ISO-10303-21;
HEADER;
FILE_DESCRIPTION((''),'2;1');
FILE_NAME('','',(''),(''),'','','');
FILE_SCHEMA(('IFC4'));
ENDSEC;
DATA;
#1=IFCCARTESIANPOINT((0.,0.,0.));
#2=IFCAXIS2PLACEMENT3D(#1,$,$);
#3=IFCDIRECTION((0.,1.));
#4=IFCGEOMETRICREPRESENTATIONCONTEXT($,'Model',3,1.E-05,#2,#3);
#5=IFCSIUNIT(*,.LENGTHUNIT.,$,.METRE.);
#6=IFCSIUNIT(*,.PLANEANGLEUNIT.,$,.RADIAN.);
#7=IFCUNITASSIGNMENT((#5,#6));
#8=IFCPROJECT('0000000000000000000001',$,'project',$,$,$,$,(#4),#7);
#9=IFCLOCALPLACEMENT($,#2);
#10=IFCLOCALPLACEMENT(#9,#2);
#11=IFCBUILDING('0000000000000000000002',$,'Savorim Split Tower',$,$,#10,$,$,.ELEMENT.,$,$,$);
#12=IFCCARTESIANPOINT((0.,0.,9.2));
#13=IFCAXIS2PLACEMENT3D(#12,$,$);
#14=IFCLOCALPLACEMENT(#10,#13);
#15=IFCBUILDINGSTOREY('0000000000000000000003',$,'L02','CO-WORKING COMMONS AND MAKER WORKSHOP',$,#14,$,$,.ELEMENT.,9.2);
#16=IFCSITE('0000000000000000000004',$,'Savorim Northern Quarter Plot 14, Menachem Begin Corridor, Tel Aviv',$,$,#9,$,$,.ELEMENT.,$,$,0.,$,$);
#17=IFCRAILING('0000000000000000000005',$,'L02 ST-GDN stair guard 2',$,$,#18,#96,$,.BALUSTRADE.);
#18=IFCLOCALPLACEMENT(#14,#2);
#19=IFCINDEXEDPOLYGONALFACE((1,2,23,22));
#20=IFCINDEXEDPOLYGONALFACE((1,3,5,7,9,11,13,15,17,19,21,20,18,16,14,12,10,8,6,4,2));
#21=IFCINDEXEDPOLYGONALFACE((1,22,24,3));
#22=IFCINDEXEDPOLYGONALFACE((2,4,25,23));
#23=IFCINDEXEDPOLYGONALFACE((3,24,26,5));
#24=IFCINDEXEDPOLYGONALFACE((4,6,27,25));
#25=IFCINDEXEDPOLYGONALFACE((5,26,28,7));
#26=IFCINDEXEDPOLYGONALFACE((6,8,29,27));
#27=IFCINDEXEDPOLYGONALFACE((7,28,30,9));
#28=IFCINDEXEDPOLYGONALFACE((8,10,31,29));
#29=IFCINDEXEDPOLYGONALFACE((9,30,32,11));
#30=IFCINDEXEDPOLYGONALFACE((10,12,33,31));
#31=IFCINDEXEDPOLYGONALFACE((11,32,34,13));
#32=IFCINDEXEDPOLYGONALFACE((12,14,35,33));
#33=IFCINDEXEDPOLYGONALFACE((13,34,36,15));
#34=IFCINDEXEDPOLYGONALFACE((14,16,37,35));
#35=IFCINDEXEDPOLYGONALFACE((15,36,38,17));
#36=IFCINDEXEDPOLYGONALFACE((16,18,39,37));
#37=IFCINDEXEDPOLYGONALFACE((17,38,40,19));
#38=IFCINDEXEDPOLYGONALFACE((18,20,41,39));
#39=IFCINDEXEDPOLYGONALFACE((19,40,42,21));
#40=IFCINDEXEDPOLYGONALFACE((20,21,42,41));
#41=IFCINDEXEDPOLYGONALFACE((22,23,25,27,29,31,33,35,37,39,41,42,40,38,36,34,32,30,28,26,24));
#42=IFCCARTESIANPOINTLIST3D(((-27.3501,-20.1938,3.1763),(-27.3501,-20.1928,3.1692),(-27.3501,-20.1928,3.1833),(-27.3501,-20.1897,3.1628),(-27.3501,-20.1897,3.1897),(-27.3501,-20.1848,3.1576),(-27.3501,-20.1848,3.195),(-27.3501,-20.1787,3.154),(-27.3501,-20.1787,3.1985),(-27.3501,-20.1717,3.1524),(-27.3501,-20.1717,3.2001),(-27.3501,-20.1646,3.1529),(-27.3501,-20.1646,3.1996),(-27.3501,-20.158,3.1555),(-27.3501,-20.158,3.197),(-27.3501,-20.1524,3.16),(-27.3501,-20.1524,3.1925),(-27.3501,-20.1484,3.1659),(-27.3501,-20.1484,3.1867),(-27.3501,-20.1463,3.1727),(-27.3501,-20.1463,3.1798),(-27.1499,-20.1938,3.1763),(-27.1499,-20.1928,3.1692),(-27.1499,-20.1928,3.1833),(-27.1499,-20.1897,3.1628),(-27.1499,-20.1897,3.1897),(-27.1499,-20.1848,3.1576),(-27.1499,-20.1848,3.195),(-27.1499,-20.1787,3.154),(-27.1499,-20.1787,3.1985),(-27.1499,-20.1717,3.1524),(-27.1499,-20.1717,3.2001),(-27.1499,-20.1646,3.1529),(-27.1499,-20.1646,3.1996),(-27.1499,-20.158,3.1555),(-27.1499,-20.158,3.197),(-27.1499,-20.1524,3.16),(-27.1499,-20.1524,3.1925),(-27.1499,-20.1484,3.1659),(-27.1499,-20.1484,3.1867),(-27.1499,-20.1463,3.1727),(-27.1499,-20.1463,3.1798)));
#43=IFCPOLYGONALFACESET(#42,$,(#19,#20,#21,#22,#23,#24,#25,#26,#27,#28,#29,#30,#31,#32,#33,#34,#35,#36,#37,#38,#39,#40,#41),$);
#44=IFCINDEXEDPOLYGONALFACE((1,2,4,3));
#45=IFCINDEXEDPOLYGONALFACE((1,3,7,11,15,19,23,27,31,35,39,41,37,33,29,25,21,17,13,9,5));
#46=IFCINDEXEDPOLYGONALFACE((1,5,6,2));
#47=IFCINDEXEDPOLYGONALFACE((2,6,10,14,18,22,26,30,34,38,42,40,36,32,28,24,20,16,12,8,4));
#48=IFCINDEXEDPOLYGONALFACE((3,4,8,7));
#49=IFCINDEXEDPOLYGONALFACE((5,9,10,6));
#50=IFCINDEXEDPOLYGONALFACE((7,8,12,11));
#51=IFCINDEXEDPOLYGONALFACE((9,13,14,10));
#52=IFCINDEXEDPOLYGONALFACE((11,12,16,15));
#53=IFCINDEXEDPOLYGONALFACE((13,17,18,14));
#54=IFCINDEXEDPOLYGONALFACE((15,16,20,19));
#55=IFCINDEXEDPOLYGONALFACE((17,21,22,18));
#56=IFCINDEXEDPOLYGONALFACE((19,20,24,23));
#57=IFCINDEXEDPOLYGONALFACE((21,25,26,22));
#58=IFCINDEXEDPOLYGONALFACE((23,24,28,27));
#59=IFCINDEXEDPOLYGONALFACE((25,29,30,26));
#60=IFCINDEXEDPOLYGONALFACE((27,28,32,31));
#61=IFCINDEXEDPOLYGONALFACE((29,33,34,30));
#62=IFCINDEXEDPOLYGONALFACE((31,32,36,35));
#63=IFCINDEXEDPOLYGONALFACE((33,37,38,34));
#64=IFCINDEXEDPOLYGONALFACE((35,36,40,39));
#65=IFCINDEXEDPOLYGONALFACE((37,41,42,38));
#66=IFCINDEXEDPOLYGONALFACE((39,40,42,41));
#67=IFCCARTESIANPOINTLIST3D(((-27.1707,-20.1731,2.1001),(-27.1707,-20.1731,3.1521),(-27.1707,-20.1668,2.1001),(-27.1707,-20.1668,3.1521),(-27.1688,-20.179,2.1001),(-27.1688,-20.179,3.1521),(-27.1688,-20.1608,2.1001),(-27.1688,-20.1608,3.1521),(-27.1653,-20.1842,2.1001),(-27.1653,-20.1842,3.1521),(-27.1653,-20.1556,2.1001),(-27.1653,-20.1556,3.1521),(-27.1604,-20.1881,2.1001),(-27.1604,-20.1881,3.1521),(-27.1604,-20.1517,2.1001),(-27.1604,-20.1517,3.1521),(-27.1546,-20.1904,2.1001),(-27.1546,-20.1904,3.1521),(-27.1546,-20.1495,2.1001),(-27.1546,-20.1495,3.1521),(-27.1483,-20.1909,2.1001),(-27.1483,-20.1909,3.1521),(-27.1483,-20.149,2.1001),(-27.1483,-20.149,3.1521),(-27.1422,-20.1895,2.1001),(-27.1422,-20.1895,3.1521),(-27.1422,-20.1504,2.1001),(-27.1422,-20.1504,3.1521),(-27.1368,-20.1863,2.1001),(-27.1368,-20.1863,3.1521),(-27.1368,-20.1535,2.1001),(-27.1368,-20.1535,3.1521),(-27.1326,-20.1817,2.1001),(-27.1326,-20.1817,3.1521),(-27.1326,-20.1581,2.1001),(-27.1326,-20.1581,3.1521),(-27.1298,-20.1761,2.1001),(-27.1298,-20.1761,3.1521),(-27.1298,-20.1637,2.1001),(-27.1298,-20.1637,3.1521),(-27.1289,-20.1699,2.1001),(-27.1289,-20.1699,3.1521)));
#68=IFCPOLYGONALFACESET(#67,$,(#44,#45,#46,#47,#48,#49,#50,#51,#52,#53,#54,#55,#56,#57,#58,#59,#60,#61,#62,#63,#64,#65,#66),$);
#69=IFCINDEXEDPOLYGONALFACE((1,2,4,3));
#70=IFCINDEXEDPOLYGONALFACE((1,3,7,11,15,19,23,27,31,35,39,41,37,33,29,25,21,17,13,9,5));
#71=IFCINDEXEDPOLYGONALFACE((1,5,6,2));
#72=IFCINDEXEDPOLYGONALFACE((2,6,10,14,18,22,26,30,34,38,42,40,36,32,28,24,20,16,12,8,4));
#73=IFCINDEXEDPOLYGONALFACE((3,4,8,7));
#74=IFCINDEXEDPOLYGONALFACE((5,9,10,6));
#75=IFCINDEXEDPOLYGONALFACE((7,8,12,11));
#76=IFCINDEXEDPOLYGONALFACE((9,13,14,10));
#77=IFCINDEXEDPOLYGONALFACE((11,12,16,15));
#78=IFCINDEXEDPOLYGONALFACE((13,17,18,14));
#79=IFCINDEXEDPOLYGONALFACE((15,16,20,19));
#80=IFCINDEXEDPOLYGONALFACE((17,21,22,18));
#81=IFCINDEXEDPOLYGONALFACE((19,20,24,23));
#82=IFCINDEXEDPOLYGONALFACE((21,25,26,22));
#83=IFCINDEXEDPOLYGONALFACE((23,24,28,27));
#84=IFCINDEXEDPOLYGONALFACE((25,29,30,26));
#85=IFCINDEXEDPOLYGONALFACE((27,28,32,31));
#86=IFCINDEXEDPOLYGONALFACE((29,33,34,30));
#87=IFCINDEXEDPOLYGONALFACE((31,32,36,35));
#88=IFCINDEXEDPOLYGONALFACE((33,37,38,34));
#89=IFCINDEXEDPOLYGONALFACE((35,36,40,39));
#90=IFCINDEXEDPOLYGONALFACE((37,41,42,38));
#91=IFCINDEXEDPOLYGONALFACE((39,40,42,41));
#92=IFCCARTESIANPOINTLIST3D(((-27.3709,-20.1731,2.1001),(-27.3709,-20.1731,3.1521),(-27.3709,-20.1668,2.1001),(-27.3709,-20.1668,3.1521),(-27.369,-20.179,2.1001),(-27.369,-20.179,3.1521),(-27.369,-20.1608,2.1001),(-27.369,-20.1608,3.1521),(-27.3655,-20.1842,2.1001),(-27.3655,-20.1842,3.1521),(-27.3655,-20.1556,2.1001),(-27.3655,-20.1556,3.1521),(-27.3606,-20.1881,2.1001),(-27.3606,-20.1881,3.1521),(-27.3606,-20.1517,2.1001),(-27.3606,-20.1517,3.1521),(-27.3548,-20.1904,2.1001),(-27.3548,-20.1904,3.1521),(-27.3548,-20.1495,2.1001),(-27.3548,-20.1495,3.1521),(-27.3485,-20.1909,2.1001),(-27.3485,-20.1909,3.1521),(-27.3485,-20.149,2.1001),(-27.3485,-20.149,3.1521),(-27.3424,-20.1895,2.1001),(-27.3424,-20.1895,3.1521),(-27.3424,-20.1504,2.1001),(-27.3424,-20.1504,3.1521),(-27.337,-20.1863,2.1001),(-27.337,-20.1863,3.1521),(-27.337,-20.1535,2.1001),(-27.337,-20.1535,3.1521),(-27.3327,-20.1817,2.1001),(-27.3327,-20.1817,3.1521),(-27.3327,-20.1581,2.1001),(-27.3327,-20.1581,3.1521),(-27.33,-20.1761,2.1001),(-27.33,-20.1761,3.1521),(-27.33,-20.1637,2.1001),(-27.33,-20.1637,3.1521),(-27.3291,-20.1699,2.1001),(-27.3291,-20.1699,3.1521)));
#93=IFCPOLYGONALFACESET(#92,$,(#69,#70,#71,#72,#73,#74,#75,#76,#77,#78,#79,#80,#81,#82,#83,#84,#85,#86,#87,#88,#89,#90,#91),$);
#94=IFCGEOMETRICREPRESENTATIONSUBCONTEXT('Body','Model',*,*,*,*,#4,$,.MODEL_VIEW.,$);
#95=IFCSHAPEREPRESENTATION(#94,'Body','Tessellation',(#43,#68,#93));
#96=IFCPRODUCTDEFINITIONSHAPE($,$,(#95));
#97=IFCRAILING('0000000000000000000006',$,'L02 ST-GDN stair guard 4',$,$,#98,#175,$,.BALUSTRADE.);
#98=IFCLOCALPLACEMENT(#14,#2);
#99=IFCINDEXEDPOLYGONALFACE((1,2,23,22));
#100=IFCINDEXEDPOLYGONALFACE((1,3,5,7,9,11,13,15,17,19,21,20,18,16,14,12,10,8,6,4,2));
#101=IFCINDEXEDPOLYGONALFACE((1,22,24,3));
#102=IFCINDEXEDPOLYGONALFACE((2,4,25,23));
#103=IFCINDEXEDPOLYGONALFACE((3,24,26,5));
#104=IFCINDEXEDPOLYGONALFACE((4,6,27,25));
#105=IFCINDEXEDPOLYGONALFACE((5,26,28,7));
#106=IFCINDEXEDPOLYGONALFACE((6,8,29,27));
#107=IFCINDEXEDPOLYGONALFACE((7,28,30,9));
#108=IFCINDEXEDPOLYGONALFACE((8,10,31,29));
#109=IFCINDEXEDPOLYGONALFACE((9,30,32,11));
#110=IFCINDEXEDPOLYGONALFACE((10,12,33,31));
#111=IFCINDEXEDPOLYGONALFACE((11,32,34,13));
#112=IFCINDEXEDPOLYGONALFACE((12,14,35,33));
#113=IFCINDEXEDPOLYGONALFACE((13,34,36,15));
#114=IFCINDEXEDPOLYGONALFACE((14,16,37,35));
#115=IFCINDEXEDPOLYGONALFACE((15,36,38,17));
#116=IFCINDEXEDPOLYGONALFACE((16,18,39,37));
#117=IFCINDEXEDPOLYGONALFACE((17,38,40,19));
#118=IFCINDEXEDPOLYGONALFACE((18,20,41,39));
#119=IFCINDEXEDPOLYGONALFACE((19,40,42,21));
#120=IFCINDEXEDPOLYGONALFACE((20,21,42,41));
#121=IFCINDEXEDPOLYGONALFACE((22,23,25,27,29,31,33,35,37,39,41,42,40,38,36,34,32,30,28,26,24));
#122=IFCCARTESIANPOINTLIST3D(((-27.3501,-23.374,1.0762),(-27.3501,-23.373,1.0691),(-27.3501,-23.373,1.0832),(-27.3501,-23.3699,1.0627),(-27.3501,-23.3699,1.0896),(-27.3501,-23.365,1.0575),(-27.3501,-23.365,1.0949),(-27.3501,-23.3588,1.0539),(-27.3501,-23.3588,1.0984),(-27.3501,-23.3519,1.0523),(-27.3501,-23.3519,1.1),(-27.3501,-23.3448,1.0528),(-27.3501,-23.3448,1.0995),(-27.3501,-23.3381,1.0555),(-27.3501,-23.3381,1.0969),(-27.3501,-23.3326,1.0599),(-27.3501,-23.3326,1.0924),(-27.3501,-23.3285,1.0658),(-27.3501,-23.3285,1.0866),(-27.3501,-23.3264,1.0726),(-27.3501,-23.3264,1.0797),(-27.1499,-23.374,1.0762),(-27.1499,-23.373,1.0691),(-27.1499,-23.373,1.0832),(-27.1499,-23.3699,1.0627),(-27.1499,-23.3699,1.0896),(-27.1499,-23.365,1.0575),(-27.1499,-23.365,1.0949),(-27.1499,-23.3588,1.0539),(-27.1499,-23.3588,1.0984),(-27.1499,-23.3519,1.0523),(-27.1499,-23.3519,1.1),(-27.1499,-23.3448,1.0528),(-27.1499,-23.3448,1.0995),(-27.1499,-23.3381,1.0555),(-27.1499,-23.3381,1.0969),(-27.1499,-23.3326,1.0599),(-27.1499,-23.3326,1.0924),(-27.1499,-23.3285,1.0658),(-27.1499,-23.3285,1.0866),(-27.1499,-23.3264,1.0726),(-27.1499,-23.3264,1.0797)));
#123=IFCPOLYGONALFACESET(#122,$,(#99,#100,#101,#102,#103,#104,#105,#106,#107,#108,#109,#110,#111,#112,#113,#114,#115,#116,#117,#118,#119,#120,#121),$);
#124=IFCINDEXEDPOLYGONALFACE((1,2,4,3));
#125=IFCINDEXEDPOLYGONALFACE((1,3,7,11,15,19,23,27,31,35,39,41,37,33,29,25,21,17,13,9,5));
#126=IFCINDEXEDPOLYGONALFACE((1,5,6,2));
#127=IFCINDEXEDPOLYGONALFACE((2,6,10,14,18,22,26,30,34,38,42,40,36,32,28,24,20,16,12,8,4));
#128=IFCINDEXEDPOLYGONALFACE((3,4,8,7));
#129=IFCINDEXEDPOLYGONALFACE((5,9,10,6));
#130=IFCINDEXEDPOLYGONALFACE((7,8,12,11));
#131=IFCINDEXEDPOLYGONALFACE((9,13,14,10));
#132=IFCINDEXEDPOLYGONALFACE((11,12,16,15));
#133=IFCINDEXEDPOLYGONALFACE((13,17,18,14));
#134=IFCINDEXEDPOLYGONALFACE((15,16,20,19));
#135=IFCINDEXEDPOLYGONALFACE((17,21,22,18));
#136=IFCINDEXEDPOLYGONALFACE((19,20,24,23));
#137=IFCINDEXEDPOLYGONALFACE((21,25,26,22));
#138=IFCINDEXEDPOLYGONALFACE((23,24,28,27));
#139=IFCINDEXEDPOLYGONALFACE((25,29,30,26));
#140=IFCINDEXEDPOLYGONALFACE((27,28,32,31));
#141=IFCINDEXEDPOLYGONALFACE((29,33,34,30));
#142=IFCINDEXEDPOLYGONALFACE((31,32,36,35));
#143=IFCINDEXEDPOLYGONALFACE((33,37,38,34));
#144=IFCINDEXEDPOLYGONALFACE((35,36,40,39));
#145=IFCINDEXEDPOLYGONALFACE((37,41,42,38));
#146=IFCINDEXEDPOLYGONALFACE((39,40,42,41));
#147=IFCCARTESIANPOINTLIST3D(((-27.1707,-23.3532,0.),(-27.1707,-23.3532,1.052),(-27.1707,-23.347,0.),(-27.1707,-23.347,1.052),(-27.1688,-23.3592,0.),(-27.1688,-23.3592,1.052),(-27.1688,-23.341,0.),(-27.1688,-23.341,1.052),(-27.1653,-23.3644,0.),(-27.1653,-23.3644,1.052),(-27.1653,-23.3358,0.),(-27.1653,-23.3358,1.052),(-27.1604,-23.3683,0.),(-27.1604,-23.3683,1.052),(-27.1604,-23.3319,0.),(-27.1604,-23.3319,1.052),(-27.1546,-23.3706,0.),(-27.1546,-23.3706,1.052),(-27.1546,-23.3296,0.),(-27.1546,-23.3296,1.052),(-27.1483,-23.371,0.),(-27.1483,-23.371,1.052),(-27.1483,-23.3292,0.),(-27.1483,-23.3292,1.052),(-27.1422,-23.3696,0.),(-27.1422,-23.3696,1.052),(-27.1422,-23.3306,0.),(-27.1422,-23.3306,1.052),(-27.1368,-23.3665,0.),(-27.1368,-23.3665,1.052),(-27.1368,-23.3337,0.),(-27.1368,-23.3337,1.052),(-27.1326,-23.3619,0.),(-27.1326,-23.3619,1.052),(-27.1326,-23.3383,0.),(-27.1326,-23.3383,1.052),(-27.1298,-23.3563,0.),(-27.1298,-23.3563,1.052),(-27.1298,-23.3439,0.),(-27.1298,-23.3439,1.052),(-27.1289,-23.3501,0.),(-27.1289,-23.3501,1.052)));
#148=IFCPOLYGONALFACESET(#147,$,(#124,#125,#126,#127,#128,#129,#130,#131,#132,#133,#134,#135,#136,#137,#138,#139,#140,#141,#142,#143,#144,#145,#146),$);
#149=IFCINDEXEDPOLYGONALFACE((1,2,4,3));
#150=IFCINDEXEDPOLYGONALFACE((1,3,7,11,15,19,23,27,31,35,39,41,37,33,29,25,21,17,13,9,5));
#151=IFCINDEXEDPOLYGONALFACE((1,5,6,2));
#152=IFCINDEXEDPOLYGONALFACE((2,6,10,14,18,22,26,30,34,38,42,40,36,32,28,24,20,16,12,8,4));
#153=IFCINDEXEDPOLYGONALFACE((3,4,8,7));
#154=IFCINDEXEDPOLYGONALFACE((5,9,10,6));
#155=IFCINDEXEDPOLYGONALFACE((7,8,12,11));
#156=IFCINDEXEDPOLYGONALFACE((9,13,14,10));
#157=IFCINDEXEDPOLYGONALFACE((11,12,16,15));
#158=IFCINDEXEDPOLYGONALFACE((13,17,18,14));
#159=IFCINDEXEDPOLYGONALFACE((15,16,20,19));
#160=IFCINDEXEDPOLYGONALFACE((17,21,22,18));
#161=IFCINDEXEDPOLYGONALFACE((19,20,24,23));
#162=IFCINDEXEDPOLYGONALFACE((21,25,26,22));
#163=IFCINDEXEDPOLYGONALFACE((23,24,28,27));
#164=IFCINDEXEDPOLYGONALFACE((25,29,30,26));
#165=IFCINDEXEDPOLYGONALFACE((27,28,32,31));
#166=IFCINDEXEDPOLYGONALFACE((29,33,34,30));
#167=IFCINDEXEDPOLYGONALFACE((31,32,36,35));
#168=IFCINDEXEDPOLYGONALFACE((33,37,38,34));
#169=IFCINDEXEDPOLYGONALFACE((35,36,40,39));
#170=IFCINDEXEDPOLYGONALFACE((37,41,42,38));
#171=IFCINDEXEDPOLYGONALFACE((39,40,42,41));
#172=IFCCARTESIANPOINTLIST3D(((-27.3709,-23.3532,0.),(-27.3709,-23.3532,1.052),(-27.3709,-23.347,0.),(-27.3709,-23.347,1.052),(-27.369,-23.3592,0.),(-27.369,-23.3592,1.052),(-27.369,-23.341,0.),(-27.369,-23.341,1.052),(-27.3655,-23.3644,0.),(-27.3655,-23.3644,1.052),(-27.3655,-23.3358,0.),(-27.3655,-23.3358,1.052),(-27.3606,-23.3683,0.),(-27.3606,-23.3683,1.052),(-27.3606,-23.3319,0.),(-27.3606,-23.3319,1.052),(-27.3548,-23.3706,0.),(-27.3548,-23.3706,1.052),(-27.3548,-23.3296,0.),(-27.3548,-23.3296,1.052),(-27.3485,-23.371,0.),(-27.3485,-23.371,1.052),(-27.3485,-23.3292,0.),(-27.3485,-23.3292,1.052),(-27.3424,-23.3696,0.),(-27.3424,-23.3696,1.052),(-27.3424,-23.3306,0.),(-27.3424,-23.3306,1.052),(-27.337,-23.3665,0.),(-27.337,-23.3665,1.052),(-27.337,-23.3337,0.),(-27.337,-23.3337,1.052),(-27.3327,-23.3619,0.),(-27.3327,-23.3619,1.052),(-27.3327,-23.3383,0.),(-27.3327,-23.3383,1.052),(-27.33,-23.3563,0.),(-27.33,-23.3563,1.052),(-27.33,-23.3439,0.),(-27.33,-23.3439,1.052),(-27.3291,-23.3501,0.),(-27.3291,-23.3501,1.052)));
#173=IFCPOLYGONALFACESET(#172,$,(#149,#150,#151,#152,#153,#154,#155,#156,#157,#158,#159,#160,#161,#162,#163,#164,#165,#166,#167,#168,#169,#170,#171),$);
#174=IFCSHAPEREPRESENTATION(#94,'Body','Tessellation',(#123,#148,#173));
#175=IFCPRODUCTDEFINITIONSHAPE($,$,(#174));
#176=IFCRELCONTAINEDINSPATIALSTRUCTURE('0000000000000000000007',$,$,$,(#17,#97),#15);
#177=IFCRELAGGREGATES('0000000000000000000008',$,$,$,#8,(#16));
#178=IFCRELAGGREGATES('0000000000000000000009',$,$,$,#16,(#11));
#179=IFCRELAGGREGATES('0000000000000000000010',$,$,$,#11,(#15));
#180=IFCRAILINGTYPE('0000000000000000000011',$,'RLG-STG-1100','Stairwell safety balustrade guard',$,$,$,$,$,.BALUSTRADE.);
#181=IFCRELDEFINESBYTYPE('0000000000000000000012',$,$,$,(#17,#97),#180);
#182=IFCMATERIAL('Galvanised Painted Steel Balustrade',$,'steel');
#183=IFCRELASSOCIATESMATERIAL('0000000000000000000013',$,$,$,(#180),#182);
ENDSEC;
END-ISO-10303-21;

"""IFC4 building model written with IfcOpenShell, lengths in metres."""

from ifc_helpers import new_model, si_unit, direction, frame, origin, origin_2d, place, context, subcontext, project, spatial, circle, extrude, material, type_object, element, save


model = new_model("IFC4")

# Units and contexts
model_context = context("Model", 3, precision=1e-05, world=origin(), true_north=direction((0.0, 1.0)))
body_context = subcontext(model_context, "Body", "Model", "MODEL_VIEW")
ifc_project = project(units=[si_unit("LENGTHUNIT", "METRE"), si_unit("PLANEANGLEUNIT", "RADIAN")], contexts=[model_context])

# Site, building, storey
site_placement = place(None, origin())
site = spatial("IfcSite", under=ifc_project, at=site_placement, Name="Savorim Northern Quarter Plot 14, Menachem Begin Corridor, Tel Aviv", CompositionType="ELEMENT", RefElevation=0.0)
building_placement = place(site_placement, origin())
building = spatial("IfcBuilding", under=site, at=building_placement, Name="Savorim Split Tower", CompositionType="ELEMENT")
storey_placement = place(building_placement, frame((0.0, 0.0, 9.2)))
storey = spatial("IfcBuildingStorey", under=building, at=storey_placement, Name="L02", Description="CO-WORKING COMMONS AND MAKER WORKSHOP", CompositionType="ELEMENT", Elevation=9.2)

# Railings
ifc_material_1 = material(Name="Galvanised Painted Steel Balustrade", Category="steel")
railing_type_1 = type_object("IfcRailingType", Name="RLG-STG-1100", Description="Stairwell safety balustrade guard", PredefinedType="BALUSTRADE", material=ifc_material_1)
for number, where, name in (
    (1, (-27.1499, -20.1699, 2.1001), "L02 ST-GDN stair guard 2"),
    (2, (-27.1499, -23.3501, 0.0), "L02 ST-GDN stair guard 4"),
):
    element("IfcRailing", number, at=place(storey_placement, frame(where)), inside=storey, type_object=railing_type_1, Name=name, PredefinedType="BALUSTRADE", context=body_context, shape_type="SweptSolid", body=[
        extrude(circle(Radius=0.0239, at=origin_2d()), frame((0.0, 0.0, 1.0762), z_axis=(-1.0, 0.0, 0.0), x_axis=(0.0, -1.0, 0.0)), (0.0, 0.0, 1.0), 0.2002),
        extrude(circle(Radius=0.021, at=origin_2d()), origin(), (0.0, 0.0, 1.0), 1.052),
        extrude(circle(Radius=0.021, at=origin_2d()), frame((-0.2002, 0.0, 0.0)), (0.0, 0.0, 1.0), 1.052),
    ])

save(model, "model.ifc")
